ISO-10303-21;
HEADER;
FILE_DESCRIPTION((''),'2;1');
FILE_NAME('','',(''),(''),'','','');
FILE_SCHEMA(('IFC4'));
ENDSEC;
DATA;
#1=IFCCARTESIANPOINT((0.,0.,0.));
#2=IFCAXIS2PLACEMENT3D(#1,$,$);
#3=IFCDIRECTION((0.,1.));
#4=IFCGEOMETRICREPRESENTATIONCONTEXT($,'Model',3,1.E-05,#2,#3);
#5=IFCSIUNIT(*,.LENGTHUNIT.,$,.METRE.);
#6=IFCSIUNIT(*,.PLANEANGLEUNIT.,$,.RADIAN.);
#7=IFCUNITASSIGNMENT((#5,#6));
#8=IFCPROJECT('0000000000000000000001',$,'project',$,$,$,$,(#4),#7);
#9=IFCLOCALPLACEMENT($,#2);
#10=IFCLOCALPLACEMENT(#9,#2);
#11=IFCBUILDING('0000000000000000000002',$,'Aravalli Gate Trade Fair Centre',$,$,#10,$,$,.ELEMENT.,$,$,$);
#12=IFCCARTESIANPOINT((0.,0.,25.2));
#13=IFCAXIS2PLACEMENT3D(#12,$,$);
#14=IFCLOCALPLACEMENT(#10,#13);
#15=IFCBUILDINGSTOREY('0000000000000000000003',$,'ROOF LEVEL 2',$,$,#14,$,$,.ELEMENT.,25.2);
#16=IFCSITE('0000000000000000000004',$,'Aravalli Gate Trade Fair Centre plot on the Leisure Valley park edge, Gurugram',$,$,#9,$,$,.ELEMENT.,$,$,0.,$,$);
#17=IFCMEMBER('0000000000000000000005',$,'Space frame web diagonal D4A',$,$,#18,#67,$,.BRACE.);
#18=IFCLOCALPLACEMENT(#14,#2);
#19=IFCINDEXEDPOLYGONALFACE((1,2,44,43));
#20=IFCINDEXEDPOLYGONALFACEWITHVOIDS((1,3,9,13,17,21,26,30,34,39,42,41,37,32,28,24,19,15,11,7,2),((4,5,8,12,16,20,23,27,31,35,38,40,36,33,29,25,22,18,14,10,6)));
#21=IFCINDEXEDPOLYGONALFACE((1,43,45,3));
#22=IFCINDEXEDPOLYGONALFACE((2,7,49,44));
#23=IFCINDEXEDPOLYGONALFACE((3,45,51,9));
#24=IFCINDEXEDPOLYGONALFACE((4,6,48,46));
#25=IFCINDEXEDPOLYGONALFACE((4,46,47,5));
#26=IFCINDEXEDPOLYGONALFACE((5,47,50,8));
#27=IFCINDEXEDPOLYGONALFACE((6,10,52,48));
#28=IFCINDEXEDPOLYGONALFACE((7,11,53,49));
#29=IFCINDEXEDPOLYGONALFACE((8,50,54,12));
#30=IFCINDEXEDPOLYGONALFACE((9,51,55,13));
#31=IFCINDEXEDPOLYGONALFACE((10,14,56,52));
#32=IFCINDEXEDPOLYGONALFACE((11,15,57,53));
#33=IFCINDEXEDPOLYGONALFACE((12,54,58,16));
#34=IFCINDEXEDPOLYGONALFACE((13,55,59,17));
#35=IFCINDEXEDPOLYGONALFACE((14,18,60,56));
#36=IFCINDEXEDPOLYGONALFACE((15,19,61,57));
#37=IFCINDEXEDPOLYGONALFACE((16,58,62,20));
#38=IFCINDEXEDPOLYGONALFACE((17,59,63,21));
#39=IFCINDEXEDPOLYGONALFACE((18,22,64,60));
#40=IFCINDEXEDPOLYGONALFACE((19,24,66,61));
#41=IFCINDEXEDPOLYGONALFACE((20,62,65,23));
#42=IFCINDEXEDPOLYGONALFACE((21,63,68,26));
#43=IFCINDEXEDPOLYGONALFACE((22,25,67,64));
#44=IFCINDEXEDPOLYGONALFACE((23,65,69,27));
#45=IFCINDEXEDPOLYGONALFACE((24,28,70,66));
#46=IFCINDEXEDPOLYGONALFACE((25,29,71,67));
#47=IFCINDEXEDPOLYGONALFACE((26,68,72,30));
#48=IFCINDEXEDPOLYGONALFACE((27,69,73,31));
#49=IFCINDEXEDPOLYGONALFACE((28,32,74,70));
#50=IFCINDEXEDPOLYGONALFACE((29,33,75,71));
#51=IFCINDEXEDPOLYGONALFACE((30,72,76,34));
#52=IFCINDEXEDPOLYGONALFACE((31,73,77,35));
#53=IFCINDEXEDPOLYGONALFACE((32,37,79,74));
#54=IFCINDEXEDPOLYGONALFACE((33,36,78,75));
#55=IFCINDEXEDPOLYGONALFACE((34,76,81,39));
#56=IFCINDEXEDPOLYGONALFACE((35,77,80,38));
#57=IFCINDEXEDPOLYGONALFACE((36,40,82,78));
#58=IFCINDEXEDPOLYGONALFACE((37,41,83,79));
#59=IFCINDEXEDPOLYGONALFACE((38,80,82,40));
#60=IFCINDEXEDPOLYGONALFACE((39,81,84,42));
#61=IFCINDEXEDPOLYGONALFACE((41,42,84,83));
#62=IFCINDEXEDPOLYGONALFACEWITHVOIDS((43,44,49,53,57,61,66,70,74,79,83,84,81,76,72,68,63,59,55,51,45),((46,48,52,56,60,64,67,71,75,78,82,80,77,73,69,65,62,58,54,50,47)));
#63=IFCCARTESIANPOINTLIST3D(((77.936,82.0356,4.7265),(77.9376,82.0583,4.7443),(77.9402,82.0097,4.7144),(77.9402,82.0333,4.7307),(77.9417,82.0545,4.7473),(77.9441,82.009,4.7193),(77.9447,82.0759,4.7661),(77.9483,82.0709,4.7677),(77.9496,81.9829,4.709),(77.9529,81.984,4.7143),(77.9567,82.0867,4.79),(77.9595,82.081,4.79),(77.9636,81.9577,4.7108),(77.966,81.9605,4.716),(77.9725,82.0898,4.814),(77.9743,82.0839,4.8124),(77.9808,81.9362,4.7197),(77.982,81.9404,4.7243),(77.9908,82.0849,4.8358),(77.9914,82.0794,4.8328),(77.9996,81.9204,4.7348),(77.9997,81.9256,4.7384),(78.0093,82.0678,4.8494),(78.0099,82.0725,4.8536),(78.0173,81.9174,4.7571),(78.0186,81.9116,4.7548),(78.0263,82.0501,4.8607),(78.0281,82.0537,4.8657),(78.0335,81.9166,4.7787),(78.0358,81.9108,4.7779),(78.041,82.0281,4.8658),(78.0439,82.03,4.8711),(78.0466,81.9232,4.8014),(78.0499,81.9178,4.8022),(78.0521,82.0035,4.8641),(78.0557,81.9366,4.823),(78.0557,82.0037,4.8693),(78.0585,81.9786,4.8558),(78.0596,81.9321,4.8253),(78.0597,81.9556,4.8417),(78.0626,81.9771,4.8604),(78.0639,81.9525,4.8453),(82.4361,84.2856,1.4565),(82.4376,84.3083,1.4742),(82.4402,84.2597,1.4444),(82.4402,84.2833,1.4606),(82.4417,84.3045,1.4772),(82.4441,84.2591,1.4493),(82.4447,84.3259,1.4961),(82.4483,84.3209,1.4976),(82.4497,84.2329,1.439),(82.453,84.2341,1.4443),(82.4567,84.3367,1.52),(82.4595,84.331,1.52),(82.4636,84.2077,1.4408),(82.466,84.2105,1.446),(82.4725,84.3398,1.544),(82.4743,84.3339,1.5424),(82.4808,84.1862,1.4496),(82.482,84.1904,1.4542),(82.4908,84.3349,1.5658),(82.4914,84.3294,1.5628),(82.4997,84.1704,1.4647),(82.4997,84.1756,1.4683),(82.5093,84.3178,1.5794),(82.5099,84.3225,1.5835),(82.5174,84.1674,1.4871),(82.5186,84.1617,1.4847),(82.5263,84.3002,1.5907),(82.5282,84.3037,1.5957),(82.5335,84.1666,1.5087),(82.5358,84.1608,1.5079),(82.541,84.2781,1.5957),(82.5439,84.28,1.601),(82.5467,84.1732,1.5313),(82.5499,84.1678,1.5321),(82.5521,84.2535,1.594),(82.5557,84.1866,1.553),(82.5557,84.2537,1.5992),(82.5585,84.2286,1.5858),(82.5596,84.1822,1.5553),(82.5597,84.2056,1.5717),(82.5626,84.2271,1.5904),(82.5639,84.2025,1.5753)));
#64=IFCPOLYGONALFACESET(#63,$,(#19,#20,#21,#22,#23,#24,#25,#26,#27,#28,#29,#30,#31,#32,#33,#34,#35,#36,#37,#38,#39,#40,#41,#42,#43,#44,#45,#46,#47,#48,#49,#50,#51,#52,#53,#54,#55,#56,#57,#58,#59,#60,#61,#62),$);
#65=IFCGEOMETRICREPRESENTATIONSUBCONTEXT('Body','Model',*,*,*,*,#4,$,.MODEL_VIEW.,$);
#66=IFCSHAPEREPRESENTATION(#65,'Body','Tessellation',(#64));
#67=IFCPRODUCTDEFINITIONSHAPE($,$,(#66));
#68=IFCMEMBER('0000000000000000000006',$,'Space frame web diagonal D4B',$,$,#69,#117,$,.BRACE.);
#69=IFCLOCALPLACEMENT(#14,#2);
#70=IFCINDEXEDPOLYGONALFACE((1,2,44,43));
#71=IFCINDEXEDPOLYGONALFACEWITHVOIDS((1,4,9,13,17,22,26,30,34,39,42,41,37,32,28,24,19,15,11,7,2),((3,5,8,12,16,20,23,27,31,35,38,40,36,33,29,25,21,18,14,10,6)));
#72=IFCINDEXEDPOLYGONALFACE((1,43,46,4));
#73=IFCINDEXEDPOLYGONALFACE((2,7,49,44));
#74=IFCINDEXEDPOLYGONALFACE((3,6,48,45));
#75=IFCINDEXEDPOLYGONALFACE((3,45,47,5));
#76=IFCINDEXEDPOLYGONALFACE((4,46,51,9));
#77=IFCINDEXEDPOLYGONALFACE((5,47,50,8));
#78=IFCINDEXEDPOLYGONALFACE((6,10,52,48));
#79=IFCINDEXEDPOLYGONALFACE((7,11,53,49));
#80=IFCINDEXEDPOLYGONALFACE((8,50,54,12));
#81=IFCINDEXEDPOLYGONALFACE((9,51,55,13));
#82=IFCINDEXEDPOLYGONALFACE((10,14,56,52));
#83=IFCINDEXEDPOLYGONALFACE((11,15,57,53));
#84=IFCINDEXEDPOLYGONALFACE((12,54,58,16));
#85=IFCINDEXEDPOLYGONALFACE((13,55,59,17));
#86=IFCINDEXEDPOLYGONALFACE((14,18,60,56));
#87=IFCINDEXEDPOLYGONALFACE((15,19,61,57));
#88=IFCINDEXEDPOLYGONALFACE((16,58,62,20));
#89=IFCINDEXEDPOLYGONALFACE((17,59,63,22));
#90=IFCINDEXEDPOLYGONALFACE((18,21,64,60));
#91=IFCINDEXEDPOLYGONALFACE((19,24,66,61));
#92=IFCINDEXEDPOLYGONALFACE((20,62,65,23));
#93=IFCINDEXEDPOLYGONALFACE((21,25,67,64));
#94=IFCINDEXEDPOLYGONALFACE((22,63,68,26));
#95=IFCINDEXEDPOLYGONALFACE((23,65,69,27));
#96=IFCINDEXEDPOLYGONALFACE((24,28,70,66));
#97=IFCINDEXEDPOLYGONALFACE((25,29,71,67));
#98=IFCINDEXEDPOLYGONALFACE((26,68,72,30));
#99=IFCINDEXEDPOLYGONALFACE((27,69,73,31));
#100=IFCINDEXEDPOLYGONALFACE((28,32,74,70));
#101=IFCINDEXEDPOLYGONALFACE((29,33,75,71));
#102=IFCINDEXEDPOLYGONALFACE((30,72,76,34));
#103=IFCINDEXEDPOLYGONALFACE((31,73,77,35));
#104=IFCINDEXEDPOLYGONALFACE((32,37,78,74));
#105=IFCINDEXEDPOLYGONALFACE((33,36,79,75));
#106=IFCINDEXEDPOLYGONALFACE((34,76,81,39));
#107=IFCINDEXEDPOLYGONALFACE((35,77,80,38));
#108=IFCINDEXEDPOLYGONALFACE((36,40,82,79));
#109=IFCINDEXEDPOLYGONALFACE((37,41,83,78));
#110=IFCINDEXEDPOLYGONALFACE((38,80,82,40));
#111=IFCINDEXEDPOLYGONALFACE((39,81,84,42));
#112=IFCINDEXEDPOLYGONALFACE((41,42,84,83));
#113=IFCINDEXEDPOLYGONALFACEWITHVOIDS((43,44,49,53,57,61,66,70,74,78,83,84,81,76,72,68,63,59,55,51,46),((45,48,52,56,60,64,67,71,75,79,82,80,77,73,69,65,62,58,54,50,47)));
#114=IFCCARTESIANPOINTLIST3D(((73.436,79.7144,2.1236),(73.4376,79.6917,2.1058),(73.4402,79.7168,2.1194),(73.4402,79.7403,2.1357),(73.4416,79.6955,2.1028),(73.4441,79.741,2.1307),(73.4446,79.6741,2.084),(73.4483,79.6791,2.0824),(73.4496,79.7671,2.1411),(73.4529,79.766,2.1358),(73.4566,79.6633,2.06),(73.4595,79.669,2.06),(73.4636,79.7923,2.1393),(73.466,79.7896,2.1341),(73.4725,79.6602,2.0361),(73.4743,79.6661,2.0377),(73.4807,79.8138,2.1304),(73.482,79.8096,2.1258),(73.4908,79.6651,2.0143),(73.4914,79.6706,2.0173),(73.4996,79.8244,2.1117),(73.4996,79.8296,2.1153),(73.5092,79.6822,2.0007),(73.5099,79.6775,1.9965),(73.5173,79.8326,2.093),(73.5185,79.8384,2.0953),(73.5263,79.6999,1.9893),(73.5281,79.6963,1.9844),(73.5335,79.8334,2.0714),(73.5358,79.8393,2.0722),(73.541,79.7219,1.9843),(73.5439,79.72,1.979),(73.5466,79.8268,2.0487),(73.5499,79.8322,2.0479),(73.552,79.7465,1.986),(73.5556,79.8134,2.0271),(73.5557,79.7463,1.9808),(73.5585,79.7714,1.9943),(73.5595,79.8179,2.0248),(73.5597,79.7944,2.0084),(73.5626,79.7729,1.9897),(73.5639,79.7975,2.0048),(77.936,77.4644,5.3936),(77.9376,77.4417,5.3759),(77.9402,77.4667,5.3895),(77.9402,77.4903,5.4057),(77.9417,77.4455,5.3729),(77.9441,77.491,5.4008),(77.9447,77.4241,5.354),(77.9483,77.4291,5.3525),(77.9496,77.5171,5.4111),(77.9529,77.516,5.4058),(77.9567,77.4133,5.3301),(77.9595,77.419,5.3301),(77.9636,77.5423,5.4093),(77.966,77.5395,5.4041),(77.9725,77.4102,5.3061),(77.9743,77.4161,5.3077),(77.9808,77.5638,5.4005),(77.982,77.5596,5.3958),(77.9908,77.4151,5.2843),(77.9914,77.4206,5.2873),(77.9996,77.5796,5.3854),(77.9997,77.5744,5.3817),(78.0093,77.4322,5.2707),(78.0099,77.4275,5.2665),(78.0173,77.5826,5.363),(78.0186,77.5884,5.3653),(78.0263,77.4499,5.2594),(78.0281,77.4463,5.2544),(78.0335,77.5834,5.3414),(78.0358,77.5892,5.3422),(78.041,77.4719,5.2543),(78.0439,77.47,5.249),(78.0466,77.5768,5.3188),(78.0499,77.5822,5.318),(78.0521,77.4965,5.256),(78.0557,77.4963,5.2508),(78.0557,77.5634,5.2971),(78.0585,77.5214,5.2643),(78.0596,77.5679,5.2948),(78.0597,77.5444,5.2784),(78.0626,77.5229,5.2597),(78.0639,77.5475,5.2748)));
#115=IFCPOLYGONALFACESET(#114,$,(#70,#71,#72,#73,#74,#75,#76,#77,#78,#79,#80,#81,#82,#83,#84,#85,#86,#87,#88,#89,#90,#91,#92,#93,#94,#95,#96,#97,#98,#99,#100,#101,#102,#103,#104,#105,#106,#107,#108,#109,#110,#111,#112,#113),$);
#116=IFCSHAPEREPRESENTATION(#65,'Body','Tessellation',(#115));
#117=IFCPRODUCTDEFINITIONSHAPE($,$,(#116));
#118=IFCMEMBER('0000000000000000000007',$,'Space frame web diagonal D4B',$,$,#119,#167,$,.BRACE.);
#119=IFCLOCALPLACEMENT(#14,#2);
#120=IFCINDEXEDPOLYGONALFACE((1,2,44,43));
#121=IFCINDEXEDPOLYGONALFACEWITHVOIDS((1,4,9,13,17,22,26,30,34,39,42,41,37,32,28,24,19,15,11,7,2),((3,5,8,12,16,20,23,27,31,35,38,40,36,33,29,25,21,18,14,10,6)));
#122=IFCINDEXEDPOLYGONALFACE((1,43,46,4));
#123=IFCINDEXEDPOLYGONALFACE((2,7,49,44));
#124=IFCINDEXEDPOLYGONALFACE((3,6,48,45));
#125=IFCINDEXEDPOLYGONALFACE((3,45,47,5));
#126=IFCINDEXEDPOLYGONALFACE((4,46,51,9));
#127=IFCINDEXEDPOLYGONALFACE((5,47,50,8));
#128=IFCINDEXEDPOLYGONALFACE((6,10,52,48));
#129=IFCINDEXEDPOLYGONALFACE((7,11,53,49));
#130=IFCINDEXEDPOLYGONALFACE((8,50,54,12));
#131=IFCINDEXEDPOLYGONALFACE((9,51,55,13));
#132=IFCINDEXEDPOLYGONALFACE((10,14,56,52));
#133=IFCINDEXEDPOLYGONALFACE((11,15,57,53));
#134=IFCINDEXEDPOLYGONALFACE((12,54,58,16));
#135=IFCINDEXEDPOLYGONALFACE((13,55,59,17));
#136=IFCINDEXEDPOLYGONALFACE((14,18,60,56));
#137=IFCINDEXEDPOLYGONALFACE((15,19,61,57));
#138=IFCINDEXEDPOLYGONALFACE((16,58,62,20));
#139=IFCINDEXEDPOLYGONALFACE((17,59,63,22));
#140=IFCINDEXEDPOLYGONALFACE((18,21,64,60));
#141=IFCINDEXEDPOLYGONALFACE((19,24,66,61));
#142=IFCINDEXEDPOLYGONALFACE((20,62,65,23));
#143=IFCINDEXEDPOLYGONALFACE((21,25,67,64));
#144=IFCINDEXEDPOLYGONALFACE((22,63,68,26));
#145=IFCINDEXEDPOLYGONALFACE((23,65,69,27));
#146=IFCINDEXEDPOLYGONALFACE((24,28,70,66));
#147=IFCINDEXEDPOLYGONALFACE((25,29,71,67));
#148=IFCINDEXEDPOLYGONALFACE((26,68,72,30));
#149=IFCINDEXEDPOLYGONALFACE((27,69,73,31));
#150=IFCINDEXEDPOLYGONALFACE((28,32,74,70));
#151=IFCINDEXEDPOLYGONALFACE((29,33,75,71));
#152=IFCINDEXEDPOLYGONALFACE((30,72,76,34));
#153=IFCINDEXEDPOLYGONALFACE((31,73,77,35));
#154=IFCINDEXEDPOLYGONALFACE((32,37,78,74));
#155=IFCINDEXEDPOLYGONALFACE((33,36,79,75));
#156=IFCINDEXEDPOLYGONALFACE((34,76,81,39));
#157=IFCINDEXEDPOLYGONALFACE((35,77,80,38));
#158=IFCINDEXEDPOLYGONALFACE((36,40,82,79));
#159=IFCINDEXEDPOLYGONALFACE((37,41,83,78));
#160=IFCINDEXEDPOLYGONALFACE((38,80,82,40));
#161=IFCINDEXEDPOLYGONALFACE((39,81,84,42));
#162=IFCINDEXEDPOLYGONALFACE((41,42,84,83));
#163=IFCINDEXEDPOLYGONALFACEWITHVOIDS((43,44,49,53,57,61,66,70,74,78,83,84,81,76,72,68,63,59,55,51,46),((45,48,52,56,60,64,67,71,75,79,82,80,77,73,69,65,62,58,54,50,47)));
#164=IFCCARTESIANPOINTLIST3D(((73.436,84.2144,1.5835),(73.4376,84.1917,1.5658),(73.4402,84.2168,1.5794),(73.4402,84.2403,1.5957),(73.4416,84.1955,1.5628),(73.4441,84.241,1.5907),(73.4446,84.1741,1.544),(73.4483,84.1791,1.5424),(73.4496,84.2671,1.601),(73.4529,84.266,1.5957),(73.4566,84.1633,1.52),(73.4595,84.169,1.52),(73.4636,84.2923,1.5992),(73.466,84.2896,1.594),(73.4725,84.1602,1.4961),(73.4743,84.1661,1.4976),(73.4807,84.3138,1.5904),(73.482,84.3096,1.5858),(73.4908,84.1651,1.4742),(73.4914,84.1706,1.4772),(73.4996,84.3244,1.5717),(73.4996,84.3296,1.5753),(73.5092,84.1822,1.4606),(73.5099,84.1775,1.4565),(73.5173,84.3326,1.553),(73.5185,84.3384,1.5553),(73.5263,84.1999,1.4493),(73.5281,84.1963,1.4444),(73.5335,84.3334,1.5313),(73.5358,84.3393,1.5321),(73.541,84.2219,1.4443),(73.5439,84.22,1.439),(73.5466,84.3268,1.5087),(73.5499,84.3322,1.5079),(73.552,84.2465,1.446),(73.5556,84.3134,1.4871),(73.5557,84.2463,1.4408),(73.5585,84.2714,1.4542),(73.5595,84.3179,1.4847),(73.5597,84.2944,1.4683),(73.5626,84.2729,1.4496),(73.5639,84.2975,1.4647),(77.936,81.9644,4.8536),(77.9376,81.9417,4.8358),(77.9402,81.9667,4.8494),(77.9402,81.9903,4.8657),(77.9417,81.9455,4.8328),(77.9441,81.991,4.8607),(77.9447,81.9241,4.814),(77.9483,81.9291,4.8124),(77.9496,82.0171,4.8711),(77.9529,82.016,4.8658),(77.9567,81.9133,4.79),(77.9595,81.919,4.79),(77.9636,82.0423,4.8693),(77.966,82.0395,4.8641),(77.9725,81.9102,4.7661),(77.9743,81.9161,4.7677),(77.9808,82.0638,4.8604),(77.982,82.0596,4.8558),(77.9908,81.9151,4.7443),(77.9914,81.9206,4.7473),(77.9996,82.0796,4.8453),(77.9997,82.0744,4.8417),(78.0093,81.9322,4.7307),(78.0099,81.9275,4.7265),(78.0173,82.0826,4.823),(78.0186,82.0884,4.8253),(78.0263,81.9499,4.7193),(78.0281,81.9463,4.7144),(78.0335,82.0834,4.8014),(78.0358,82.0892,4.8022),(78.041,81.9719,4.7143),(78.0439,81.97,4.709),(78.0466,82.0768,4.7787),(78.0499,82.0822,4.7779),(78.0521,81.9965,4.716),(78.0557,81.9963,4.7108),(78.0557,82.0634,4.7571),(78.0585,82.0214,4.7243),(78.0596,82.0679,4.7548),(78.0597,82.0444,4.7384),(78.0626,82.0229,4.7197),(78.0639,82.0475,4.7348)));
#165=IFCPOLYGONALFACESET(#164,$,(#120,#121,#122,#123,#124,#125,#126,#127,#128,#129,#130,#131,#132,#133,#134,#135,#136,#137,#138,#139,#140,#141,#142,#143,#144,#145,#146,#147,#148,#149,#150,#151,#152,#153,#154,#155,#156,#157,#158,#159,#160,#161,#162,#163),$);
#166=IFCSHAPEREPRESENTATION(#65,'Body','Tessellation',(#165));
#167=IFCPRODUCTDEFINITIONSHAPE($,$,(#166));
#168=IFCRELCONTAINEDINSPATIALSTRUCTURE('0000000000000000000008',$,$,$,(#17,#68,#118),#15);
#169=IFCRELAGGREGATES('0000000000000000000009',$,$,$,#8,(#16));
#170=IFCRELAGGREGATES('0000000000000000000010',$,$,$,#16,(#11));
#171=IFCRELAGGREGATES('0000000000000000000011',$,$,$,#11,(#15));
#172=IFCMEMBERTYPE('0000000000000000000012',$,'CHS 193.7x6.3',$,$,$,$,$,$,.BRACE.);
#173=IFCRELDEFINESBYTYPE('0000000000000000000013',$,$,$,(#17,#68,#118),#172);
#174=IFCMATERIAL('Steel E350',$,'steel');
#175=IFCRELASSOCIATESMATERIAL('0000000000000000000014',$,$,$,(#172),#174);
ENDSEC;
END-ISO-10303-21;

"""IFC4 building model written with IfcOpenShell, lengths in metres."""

from ifc_helpers import new_model, si_unit, direction, frame, origin, origin_2d, place, context, subcontext, project, spatial, hollow_circle, extrude, material, material_profile, profile_set, type_object, element, save


model = new_model("IFC4")

# Units and contexts
model_context = context("Model", 3, precision=1e-05, world=origin(), true_north=direction((0.0, 1.0)))
body_context = subcontext(model_context, "Body", "Model", "MODEL_VIEW")
ifc_project = project(units=[si_unit("LENGTHUNIT", "METRE"), si_unit("PLANEANGLEUNIT", "RADIAN")], contexts=[model_context])

# Site, building, storey
site_placement = place(None, origin())
site = spatial("IfcSite", under=ifc_project, at=site_placement, Name="Aravalli Gate Trade Fair Centre plot on the Leisure Valley park edge, Gurugram", CompositionType="ELEMENT", RefElevation=0.0)
building_placement = place(site_placement, origin())
building = spatial("IfcBuilding", under=site, at=building_placement, Name="Aravalli Gate Trade Fair Centre", CompositionType="ELEMENT")
storey_placement = place(building_placement, frame((0.0, 0.0, 25.2)))
storey = spatial("IfcBuildingStorey", under=building, at=storey_placement, Name="ROOF LEVEL 2", CompositionType="ELEMENT", Elevation=25.2)

# Members
ifc_material_1 = material(Name="Steel E350", Category="steel")
ifc_material_profile_1 = material_profile(ifc_material_1, hollow_circle(Radius=0.0969, WallThickness=0.0063, at=origin_2d()), Name="CHS 193.7x6.3")
ifc_profile_set_1 = profile_set([ifc_material_profile_1], Name="Steel E350")
member_type_1 = type_object("IfcMemberType", Name="CHS 193.7x6.3", PredefinedType="BRACE", material=ifc_profile_set_1)
for number, where, z_axis, x_axis, name in (
    (1, (78.0, 82.0, 4.79), (0.749942, 0.374971, -0.544961), (-0.447214, 0.894427, 0.0), "Space frame web diagonal D4A"),
    (2, (78.0, 77.5, 5.3301), (-0.749942, 0.374971, -0.544961), (-0.447214, -0.894427, 0.0), "Space frame web diagonal D4B"),
    (3, (78.0, 82.0, 4.79), (-0.749942, 0.374971, -0.544961), (-0.447214, -0.894427, 0.0), "Space frame web diagonal D4B"),
):
    element("IfcMember", number, at=place(storey_placement, frame(where, z_axis=z_axis, x_axis=x_axis)), inside=storey, type_object=member_type_1, Name=name, PredefinedType="BRACE", context=body_context, shape_type="SweptSolid", body=[
        extrude(hollow_circle(Radius=0.0969, WallThickness=0.0063, at=origin_2d()), origin(), (0.0, 0.0, 1.0), 6.0005),
    ])

save(model, "model.ifc")
